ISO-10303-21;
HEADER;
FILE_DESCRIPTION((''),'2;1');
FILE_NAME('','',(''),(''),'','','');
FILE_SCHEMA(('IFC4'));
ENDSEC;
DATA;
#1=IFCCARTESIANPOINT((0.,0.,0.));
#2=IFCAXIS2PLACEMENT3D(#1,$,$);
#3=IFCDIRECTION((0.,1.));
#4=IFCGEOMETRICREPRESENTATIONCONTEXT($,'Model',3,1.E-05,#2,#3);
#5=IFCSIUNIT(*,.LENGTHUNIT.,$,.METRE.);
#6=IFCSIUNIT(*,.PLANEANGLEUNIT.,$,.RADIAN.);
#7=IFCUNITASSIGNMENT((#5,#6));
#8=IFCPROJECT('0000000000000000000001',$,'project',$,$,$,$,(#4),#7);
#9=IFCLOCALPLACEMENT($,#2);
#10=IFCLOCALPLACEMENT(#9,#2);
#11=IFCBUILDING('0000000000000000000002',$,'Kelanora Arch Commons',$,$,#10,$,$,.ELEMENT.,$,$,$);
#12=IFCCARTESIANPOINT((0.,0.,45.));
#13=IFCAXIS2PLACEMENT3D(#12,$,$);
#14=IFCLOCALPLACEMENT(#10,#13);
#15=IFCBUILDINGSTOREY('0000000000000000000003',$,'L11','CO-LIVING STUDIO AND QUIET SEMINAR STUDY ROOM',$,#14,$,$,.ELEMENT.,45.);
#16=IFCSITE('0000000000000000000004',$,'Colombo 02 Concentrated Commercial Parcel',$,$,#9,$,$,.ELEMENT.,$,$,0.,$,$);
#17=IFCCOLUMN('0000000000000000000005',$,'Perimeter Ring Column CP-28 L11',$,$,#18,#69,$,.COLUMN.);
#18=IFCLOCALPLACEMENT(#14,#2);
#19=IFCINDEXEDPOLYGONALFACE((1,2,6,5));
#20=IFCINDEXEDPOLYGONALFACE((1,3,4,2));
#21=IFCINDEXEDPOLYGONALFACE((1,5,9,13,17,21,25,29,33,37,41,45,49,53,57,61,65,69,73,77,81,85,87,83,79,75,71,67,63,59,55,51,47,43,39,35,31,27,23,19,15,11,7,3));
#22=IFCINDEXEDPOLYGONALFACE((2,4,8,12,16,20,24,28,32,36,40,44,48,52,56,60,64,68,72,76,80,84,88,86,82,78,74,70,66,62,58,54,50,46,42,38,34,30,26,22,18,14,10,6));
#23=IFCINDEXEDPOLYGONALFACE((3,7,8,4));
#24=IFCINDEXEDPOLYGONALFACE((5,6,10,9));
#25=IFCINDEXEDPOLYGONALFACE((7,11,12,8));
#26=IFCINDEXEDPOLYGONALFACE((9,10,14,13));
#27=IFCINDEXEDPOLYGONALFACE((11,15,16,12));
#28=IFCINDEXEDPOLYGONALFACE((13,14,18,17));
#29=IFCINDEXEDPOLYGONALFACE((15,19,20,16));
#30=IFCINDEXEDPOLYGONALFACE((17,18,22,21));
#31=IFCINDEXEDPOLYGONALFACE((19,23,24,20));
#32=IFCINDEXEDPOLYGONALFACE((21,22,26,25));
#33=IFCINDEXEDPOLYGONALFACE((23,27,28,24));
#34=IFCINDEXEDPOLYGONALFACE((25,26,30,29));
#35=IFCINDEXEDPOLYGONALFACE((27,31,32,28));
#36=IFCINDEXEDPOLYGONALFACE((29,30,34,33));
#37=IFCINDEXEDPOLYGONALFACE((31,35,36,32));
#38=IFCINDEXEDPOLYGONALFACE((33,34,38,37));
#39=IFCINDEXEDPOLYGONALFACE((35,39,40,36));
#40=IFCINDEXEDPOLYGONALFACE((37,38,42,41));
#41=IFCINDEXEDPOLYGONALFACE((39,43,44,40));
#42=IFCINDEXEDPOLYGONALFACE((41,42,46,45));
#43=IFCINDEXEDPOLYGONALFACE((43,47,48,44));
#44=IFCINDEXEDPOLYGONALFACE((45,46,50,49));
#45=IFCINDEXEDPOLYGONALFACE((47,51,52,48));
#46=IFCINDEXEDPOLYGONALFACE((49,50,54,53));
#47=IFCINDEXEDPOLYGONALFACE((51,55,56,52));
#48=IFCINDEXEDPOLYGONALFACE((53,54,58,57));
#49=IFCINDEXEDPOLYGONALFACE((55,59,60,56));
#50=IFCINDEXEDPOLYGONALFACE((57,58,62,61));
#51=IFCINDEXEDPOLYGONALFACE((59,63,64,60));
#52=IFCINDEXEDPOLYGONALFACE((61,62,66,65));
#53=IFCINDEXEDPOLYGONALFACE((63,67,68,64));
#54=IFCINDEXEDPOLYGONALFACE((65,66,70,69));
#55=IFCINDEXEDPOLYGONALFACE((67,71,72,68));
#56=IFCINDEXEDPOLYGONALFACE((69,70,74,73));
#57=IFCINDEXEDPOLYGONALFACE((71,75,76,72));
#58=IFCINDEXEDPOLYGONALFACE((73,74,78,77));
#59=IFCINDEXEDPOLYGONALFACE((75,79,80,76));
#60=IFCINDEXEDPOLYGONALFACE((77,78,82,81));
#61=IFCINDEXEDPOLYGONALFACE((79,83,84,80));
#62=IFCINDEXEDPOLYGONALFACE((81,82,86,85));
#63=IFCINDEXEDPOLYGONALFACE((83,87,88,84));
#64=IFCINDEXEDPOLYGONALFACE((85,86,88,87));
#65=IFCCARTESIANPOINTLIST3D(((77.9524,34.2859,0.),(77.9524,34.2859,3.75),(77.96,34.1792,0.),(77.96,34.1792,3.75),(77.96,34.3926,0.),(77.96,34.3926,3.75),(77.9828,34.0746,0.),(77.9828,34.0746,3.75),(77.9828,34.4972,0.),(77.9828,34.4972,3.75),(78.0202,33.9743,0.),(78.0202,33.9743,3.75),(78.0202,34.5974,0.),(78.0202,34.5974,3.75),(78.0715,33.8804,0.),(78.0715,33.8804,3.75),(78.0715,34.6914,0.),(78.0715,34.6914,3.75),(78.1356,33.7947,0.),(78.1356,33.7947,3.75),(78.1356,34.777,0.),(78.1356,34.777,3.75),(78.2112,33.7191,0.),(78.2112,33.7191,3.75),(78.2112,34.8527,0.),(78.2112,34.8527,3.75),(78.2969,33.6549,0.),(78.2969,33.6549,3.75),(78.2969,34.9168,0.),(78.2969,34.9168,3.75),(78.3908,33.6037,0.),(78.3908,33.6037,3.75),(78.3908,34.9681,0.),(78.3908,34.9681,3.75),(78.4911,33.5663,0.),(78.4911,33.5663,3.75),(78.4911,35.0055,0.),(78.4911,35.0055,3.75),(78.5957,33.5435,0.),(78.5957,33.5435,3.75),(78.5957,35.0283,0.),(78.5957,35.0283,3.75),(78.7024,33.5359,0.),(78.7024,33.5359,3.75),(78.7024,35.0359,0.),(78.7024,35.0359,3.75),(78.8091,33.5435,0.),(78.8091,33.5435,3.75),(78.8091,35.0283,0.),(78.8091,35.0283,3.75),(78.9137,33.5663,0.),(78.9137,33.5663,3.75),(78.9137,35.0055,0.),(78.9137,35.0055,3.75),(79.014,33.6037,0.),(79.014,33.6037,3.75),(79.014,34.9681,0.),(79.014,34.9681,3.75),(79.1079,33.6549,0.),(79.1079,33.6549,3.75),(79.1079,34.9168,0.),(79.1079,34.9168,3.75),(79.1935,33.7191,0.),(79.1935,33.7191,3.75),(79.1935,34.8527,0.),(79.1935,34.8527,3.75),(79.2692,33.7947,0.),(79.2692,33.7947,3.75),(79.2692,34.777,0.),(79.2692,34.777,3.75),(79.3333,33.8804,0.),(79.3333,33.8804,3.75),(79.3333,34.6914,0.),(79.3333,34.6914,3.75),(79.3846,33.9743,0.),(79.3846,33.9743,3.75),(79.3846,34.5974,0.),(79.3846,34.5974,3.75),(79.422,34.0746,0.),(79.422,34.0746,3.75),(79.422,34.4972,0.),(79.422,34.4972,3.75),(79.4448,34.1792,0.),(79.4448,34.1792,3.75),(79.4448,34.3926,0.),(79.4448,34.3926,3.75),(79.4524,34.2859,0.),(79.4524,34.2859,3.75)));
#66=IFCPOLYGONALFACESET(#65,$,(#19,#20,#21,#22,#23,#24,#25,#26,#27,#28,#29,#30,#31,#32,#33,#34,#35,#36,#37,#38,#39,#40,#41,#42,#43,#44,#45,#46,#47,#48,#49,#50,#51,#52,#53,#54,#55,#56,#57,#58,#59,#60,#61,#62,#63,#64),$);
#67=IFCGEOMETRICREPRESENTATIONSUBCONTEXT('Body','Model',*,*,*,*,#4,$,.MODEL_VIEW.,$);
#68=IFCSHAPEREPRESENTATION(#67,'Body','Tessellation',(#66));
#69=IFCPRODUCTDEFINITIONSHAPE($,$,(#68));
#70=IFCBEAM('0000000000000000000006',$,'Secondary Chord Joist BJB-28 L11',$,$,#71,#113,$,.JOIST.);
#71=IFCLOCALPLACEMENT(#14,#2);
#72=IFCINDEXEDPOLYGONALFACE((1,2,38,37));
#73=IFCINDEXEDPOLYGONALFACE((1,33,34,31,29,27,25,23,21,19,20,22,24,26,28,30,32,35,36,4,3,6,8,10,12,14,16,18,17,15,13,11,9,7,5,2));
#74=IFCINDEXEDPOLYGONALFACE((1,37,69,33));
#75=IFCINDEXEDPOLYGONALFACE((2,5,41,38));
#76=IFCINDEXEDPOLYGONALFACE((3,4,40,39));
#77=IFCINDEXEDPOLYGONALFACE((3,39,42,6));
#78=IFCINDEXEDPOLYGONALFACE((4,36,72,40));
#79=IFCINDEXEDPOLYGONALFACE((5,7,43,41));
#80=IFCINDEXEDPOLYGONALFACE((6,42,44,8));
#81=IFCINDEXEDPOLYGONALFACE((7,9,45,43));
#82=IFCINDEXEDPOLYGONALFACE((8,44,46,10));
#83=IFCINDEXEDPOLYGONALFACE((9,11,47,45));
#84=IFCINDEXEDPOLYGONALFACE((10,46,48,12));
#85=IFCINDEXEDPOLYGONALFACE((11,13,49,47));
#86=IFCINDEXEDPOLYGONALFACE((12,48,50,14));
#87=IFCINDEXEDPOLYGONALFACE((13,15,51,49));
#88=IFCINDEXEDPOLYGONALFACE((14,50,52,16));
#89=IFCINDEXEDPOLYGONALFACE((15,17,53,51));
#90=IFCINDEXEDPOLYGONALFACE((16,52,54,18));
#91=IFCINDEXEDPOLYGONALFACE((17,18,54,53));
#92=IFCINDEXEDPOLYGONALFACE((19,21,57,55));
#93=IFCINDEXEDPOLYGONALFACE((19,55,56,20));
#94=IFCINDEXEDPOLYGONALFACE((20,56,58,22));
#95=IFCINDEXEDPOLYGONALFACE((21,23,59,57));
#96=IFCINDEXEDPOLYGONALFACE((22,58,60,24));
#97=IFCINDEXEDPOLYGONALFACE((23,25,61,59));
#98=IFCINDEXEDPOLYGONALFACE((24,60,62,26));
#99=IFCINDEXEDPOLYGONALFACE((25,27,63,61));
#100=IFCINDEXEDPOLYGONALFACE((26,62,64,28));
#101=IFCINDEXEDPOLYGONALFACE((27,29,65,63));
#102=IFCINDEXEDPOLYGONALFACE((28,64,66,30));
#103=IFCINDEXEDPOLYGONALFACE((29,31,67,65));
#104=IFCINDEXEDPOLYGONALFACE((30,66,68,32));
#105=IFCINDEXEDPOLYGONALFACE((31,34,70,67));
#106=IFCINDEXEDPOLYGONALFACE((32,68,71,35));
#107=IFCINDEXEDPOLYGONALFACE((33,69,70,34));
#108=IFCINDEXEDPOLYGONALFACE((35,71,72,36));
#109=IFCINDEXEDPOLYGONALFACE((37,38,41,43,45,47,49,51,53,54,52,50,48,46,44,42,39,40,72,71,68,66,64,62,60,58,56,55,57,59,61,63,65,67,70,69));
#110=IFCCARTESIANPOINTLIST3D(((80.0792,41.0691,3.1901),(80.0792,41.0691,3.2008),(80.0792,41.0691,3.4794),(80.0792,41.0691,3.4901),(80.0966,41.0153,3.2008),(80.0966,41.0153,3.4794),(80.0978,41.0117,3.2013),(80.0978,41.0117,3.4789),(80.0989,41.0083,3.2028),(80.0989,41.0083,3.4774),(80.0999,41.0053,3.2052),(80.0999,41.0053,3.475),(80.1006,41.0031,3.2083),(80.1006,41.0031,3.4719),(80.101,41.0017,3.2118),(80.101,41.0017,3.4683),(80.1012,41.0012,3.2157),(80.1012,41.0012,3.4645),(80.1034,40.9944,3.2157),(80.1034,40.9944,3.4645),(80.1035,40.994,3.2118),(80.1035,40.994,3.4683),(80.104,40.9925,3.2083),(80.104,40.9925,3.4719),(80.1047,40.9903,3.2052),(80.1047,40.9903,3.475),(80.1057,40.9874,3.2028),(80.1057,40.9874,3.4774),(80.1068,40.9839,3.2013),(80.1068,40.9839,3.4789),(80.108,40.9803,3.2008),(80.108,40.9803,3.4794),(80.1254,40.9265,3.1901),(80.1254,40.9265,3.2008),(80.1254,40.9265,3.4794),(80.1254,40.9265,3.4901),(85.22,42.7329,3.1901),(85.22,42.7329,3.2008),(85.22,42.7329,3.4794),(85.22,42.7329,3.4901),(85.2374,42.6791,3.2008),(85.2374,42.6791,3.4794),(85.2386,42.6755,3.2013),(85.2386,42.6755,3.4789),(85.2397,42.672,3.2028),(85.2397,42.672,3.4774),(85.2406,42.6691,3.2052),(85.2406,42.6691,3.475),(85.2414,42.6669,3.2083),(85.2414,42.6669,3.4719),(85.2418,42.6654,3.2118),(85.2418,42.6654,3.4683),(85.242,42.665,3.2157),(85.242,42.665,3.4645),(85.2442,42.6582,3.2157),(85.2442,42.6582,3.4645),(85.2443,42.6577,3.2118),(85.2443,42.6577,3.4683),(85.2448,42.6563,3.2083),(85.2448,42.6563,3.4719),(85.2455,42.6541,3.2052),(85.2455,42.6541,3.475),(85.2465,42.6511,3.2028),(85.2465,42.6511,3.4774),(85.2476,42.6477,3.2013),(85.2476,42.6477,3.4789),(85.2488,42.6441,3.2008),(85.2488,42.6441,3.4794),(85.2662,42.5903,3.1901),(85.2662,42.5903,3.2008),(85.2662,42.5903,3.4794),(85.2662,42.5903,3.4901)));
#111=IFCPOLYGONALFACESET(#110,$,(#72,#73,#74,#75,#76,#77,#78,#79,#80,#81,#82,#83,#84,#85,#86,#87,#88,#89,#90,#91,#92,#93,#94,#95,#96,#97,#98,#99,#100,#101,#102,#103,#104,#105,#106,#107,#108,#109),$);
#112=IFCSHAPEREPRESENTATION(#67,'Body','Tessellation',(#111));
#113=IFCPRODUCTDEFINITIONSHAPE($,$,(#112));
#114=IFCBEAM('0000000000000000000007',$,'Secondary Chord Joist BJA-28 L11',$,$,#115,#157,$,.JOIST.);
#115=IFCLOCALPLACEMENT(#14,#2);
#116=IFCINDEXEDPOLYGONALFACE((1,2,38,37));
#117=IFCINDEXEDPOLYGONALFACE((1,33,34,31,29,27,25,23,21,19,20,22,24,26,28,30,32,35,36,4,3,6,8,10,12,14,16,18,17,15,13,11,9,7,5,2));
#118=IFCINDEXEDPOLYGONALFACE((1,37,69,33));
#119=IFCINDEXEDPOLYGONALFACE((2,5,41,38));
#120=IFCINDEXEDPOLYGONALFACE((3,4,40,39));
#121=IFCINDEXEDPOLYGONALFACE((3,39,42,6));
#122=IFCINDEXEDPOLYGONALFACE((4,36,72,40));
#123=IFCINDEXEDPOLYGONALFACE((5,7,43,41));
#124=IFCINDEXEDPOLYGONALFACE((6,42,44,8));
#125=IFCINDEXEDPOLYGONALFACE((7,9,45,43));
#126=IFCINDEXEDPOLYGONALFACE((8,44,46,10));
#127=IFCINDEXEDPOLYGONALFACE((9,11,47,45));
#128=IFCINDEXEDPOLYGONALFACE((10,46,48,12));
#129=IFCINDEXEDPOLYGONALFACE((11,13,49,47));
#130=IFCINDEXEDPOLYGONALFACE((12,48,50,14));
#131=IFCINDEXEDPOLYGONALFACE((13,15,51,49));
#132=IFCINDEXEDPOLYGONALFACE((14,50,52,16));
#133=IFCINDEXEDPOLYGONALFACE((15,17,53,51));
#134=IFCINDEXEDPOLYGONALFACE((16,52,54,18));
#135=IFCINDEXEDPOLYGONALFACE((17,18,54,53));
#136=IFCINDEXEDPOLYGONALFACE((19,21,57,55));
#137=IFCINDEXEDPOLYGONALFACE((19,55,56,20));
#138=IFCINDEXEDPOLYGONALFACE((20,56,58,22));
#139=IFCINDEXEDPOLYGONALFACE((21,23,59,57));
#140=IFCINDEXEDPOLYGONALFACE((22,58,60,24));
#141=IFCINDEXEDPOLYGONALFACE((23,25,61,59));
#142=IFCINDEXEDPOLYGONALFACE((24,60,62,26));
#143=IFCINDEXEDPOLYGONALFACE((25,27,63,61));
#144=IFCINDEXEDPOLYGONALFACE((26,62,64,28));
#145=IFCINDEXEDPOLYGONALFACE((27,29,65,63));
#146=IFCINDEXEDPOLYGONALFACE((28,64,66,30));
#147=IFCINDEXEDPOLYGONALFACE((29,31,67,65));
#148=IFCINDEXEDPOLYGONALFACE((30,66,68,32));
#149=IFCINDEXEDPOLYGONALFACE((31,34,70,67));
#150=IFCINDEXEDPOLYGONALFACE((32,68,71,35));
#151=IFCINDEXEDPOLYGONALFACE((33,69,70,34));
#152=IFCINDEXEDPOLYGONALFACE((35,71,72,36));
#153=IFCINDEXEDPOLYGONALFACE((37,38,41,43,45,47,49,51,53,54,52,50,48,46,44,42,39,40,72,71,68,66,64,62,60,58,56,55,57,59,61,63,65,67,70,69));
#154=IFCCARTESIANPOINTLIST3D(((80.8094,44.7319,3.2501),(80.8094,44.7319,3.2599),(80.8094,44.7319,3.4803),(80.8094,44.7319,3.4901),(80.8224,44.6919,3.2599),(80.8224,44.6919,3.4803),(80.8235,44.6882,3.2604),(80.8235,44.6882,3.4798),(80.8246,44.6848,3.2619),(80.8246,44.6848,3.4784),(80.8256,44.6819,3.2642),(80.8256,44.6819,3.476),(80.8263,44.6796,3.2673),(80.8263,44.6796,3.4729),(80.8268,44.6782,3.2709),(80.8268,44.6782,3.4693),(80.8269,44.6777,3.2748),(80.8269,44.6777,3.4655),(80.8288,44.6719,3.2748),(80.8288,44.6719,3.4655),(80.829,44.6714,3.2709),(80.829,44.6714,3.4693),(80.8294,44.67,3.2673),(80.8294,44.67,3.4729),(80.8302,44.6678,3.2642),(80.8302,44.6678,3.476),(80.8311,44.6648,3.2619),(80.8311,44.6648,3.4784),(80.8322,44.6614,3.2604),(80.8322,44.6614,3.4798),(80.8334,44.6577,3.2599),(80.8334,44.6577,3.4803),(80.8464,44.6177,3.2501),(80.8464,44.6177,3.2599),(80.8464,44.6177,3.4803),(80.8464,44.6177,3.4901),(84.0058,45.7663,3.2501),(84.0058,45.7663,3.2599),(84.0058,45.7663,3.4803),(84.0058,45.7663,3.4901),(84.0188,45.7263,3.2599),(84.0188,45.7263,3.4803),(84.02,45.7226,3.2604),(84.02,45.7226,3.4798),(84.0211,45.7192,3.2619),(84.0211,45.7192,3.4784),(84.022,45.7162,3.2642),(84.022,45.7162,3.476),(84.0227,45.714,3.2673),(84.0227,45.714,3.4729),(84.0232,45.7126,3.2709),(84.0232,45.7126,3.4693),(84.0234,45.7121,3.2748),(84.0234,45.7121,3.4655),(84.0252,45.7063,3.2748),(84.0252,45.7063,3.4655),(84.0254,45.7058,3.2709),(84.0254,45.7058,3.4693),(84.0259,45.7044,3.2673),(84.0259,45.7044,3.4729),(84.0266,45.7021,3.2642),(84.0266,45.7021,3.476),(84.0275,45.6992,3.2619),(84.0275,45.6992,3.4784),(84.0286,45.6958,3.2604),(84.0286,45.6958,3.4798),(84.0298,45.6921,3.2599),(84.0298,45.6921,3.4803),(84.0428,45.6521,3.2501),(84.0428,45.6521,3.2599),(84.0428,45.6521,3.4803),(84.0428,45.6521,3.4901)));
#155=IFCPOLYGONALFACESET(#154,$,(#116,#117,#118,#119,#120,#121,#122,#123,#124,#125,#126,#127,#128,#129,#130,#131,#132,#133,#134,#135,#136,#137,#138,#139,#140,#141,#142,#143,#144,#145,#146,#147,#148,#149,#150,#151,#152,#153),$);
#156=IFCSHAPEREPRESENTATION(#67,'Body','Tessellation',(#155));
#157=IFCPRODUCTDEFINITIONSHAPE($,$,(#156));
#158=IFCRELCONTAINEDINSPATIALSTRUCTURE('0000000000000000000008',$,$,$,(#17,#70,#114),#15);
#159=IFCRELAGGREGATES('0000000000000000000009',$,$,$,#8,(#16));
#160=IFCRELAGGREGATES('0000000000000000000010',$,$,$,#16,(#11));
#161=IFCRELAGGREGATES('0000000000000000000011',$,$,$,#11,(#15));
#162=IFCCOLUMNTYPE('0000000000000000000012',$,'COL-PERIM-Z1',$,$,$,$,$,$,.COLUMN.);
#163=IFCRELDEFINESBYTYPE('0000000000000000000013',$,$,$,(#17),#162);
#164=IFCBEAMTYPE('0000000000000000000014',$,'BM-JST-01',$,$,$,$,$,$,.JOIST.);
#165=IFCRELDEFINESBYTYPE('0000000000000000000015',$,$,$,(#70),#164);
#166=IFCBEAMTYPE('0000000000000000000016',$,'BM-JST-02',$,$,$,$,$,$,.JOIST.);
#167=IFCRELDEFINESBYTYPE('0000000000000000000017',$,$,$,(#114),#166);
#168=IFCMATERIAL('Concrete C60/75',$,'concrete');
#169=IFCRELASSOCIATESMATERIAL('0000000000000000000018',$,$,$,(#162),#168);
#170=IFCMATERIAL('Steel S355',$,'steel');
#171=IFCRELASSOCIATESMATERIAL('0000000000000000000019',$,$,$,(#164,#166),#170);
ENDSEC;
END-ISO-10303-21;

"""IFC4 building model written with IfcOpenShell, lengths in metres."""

from ifc_helpers import new_model, si_unit, direction, frame, origin, origin_2d, place, context, subcontext, project, spatial, circle, i_section, extrude, material, material_profile, profile_set, type_object, element, save


model = new_model("IFC4")

# Units and contexts
model_context = context("Model", 3, precision=1e-05, world=origin(), true_north=direction((0.0, 1.0)))
body_context = subcontext(model_context, "Body", "Model", "MODEL_VIEW")
ifc_project = project(units=[si_unit("LENGTHUNIT", "METRE"), si_unit("PLANEANGLEUNIT", "RADIAN")], contexts=[model_context])

# Site, building, storey
site_placement = place(None, origin())
site = spatial("IfcSite", under=ifc_project, at=site_placement, Name="Colombo 02 Concentrated Commercial Parcel", CompositionType="ELEMENT", RefElevation=0.0)
building_placement = place(site_placement, origin())
building = spatial("IfcBuilding", under=site, at=building_placement, Name="Kelanora Arch Commons", CompositionType="ELEMENT")
storey_placement = place(building_placement, frame((0.0, 0.0, 45.0)))
storey = spatial("IfcBuildingStorey", under=building, at=storey_placement, Name="L11", Description="CO-LIVING STUDIO AND QUIET SEMINAR STUDY ROOM", CompositionType="ELEMENT", Elevation=45.0)

# Column
ifc_material_1 = material(Name="Concrete C60/75", Category="concrete")
ifc_material_profile_1 = material_profile(ifc_material_1, circle(Radius=0.75, at=origin_2d()), Name="RCC1500")
ifc_profile_set_1 = profile_set([ifc_material_profile_1], Name="Concrete C60/75")
column_type = type_object("IfcColumnType", Name="COL-PERIM-Z1", PredefinedType="COLUMN", material=ifc_profile_set_1)
column_placement = place(storey_placement, frame((78.7024, 34.2859, 0.0), z_axis=(0.0, 0.0, 1.0), x_axis=(1.0, 0.0, 0.0)))
element("IfcColumn", 1, at=column_placement, inside=storey, type_object=column_type, Name="Perimeter Ring Column CP-28 L11", PredefinedType="COLUMN", context=body_context, shape_type="SweptSolid", body=[
    extrude(circle(Radius=0.75, at=origin_2d()), origin(), (0.0, 0.0, 1.0), 3.75),
])

# Beams
ifc_material_2 = material(Name="Steel S355", Category="steel")
ifc_material_profile_2 = material_profile(ifc_material_2, i_section(OverallWidth=0.1499, OverallDepth=0.3, WebThickness=0.0071, FlangeThickness=0.0107, FilletRadius=0.0149, at=origin_2d()), Name="IPE300")
ifc_profile_set_2 = profile_set([ifc_material_profile_2], Name="Steel S355")
beam_type_1 = type_object("IfcBeamType", Name="BM-JST-01", PredefinedType="JOIST", material=ifc_profile_set_2)
beam_1_placement = place(storey_placement, frame((80.1023, 40.9978, 3.3401), z_axis=(0.951412, 0.30792, 0.0), x_axis=(-0.30792, 0.951412, 0.0)))
element("IfcBeam", 2, at=beam_1_placement, inside=storey, type_object=beam_type_1, Name="Secondary Chord Joist BJB-28 L11", PredefinedType="JOIST", context=body_context, shape_type="SweptSolid", body=[
    extrude(i_section(OverallWidth=0.1499, OverallDepth=0.3, WebThickness=0.0071, FlangeThickness=0.0107, FilletRadius=0.0149, at=origin_2d()), origin(), (0.0, 0.0, 1.0), 5.4033),
])
ifc_material_profile_3 = material_profile(ifc_material_2, i_section(OverallWidth=0.1201, OverallDepth=0.24, WebThickness=0.0061, FlangeThickness=0.0098, FilletRadius=0.0149, at=origin_2d()), Name="IPE240")
ifc_profile_set_3 = profile_set([ifc_material_profile_3], Name="Steel S355")
beam_type_2 = type_object("IfcBeamType", Name="BM-JST-02", PredefinedType="JOIST", material=ifc_profile_set_3)
beam_2_placement = place(storey_placement, frame((80.8279, 44.6748, 3.3701), z_axis=(0.951423, 0.307888, 0.0), x_axis=(-0.307888, 0.951423, 0.0)))
element("IfcBeam", 3, at=beam_2_placement, inside=storey, type_object=beam_type_2, Name="Secondary Chord Joist BJA-28 L11", PredefinedType="JOIST", context=body_context, shape_type="SweptSolid", body=[
    extrude(i_section(OverallWidth=0.1201, OverallDepth=0.24, WebThickness=0.0061, FlangeThickness=0.0098, FilletRadius=0.0149, at=origin_2d()), origin(), (0.0, 0.0, 1.0), 3.3596),
])

save(model, "model.ifc")
